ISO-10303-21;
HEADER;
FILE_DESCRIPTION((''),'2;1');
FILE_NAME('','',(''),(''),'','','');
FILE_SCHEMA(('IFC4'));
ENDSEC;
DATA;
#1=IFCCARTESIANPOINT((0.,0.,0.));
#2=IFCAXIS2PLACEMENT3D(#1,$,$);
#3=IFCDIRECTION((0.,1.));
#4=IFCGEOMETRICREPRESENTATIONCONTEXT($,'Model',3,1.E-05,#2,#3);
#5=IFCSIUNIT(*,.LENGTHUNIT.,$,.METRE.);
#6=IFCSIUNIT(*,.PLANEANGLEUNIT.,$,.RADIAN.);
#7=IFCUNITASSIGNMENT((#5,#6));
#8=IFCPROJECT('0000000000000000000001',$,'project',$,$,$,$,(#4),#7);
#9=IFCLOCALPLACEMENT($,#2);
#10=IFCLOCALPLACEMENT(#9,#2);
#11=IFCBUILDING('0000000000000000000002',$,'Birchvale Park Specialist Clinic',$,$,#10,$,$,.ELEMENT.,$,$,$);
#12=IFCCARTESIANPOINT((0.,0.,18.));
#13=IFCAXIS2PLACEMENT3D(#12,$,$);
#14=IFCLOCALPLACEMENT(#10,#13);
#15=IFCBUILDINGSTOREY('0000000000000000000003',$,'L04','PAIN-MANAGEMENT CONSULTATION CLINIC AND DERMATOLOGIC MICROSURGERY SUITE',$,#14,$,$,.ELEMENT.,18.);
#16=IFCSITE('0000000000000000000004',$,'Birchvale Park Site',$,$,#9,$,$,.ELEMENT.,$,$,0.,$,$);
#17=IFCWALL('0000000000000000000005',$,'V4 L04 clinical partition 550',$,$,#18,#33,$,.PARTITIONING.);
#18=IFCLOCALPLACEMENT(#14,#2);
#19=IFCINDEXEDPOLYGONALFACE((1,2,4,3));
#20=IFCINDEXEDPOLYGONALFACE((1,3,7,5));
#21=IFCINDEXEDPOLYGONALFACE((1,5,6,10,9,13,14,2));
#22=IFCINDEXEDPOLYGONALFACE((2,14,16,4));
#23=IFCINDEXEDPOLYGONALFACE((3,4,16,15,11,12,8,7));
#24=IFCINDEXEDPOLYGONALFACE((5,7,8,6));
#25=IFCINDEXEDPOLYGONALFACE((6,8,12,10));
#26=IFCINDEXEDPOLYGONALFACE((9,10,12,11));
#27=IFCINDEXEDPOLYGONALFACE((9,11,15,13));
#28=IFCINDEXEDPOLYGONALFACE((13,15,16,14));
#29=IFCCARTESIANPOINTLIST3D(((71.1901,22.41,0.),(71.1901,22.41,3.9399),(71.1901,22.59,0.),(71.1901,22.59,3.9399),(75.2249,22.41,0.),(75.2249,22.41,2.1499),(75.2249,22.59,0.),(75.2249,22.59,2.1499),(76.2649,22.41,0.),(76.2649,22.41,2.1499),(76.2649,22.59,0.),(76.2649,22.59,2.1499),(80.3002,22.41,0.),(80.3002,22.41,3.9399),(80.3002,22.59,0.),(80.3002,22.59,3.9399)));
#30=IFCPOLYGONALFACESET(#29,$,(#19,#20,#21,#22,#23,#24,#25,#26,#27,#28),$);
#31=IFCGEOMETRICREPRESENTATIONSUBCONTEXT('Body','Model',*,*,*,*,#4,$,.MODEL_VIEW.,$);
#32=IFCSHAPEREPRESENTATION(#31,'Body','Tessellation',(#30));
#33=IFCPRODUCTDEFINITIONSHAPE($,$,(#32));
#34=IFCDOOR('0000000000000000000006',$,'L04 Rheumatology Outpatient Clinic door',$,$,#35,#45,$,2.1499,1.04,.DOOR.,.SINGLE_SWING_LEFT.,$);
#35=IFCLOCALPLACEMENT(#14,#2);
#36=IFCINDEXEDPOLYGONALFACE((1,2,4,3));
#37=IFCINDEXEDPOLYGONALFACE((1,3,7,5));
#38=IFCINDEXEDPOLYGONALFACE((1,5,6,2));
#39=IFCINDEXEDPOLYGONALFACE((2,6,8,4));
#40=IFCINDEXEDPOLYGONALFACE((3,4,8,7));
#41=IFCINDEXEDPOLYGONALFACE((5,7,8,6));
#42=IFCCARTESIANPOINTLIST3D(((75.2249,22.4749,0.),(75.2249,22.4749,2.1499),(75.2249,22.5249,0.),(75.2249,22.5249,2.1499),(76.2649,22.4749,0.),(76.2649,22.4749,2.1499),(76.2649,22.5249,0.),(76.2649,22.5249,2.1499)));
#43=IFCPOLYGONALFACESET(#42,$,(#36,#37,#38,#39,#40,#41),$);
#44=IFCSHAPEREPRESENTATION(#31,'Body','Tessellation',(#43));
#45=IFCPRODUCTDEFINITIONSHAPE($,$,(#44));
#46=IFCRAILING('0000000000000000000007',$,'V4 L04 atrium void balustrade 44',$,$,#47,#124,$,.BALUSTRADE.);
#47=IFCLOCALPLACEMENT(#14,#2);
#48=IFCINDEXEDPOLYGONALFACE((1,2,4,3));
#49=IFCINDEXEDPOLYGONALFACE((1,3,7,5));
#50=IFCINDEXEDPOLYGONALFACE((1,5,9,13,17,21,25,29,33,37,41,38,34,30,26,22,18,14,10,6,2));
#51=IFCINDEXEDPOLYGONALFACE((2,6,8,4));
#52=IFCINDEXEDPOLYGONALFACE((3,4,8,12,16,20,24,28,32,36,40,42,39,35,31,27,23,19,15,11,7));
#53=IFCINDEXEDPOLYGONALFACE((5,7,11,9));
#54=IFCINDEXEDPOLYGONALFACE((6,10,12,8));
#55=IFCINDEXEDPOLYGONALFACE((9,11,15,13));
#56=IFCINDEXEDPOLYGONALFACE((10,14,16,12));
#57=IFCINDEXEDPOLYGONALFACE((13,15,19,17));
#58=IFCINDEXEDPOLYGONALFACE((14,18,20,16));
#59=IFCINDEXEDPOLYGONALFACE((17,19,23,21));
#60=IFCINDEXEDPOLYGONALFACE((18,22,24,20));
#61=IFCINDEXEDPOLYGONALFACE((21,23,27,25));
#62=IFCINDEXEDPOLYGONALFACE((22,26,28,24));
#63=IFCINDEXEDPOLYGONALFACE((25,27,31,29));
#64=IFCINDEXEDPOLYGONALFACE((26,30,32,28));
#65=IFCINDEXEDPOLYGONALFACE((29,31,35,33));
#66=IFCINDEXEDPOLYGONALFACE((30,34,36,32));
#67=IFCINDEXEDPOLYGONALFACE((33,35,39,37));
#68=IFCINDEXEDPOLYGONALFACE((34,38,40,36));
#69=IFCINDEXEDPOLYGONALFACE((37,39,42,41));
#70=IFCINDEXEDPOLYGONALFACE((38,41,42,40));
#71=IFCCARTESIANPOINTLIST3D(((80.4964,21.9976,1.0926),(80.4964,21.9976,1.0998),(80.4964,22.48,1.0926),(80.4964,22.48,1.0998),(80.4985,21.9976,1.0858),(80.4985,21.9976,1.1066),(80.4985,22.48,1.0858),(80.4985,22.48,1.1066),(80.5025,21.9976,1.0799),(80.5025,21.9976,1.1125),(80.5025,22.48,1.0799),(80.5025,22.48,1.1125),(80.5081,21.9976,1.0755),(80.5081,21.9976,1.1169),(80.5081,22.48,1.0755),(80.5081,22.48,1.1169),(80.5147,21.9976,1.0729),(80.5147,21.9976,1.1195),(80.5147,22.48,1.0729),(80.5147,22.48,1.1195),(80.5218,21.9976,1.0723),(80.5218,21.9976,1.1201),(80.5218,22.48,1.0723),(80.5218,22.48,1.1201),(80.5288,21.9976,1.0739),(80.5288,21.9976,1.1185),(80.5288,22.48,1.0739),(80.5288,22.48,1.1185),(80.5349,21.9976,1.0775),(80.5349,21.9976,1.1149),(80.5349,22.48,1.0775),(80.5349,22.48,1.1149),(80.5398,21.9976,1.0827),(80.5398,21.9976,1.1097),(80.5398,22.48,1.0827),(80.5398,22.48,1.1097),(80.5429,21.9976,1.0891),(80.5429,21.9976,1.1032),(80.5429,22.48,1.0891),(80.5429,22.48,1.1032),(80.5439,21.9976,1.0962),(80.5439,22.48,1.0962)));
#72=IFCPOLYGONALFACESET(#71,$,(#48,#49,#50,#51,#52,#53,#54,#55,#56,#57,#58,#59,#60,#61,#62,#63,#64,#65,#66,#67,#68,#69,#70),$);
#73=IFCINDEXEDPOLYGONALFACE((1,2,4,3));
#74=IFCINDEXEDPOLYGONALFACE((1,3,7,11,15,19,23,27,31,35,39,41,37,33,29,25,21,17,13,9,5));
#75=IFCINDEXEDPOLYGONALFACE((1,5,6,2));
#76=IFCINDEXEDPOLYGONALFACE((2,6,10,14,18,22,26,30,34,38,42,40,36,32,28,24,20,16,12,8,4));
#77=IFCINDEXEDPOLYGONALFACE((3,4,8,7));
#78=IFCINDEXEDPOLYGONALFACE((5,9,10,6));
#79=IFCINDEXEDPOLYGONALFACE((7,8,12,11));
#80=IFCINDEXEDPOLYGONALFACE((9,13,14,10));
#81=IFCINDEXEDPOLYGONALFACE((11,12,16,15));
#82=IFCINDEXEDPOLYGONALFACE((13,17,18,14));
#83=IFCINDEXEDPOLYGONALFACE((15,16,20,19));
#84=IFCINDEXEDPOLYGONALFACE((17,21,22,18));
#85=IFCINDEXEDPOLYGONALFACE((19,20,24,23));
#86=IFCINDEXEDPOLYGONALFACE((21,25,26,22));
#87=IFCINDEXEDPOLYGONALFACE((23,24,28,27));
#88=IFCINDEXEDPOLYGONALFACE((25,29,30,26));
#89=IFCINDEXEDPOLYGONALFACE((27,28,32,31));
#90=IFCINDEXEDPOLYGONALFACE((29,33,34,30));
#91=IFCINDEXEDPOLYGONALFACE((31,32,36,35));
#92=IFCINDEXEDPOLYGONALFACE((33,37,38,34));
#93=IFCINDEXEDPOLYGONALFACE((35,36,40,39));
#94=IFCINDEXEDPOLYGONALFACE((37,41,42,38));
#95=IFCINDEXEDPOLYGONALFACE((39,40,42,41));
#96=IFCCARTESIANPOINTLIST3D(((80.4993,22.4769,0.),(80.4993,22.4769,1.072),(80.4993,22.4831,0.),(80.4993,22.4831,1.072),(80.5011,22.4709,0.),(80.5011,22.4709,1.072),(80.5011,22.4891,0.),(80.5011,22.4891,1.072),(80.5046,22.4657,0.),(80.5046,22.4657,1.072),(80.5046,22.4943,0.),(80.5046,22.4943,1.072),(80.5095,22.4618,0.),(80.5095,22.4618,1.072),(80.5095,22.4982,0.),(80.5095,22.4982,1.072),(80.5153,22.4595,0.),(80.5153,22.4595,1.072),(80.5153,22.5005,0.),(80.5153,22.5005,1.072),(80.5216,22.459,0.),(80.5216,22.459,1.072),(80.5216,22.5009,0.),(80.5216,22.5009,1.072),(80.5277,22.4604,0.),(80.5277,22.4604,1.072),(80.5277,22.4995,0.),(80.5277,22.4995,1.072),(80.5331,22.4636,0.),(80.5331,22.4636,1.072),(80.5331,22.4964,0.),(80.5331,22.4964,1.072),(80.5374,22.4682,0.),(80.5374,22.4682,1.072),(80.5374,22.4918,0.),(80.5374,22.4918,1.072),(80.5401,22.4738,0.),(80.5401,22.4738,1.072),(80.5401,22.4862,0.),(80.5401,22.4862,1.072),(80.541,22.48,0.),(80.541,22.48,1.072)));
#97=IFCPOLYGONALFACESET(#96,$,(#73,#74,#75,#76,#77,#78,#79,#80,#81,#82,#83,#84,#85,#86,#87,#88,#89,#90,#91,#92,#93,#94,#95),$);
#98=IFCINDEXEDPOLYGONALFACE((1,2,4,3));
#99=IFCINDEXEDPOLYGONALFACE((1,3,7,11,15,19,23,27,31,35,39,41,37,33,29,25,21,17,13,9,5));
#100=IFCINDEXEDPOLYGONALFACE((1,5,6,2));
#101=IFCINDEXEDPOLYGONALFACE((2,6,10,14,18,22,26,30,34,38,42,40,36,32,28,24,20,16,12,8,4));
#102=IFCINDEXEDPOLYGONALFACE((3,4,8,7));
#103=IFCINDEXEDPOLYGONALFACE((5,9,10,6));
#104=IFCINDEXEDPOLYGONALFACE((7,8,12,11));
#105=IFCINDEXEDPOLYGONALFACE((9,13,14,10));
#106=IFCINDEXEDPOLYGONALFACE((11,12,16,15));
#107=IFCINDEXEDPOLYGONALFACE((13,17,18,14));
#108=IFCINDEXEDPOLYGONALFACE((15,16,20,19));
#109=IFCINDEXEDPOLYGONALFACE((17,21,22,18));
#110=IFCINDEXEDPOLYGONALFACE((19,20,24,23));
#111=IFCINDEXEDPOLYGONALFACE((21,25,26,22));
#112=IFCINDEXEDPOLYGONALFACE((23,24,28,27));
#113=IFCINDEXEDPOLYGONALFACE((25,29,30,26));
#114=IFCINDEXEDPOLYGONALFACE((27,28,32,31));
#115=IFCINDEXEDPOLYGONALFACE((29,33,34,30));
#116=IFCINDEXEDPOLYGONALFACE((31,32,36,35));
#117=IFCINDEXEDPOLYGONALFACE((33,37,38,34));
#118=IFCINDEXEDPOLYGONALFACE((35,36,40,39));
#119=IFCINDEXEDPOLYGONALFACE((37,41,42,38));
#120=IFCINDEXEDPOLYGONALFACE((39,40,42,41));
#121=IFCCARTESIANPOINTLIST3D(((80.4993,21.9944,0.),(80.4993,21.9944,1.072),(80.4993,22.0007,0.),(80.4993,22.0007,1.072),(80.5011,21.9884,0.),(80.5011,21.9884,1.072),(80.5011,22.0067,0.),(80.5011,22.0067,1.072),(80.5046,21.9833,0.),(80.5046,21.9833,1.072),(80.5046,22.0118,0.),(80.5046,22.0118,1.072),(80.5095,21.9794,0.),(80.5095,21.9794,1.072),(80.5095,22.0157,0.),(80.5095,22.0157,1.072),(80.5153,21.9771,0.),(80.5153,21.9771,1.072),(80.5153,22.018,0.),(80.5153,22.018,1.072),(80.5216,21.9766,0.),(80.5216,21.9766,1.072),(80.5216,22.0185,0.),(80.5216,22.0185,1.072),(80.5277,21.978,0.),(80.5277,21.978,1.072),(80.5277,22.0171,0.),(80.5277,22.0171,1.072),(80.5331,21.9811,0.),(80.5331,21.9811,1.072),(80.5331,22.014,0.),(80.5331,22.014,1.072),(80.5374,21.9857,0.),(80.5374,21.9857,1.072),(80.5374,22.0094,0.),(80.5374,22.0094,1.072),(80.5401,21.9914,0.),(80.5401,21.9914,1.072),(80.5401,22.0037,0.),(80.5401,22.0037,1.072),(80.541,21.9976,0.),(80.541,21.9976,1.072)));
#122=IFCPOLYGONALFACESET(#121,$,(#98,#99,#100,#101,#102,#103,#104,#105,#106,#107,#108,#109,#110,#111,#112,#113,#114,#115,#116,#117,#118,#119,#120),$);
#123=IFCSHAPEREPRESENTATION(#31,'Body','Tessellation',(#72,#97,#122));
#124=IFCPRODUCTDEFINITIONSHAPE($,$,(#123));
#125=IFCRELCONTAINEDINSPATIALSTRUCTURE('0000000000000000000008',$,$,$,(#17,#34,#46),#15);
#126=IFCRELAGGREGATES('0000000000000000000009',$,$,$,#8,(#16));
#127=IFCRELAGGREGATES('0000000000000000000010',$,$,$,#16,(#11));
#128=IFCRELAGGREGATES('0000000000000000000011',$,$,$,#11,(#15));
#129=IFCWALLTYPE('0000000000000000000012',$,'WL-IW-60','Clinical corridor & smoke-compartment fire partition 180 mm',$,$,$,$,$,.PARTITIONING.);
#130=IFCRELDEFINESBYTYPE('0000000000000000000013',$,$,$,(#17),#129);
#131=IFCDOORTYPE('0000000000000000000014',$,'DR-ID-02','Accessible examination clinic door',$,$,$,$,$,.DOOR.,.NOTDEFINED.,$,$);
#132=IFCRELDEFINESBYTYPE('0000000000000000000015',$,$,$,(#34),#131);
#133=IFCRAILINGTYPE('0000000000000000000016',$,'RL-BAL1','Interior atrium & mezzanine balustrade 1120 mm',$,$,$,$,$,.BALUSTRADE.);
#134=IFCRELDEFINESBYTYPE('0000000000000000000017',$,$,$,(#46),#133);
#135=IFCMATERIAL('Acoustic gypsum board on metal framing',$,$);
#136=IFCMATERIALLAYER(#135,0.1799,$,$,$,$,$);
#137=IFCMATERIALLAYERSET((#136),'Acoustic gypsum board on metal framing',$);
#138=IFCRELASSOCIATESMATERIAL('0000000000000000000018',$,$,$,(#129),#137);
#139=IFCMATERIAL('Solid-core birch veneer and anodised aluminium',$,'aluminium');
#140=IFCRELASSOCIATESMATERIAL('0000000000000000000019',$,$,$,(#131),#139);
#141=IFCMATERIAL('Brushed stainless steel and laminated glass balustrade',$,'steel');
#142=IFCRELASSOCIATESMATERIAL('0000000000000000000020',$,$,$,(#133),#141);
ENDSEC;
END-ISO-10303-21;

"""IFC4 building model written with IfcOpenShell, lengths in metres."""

from ifc_helpers import new_model, si_unit, direction, frame, frame_2d, origin, origin_2d, place, context, subcontext, project, spatial, rectangle, circle, extrude, material, layer, layer_set, type_object, element, fill, save


model = new_model("IFC4")

# Units and contexts
model_context = context("Model", 3, precision=1e-05, world=origin(), true_north=direction((0.0, 1.0)))
body_context = subcontext(model_context, "Body", "Model", "MODEL_VIEW")
ifc_project = project(units=[si_unit("LENGTHUNIT", "METRE"), si_unit("PLANEANGLEUNIT", "RADIAN")], contexts=[model_context])

# Site, building, storey
site_placement = place(None, origin())
site = spatial("IfcSite", under=ifc_project, at=site_placement, Name="Birchvale Park Site", CompositionType="ELEMENT", RefElevation=0.0)
building_placement = place(site_placement, origin())
building = spatial("IfcBuilding", under=site, at=building_placement, Name="Birchvale Park Specialist Clinic", CompositionType="ELEMENT")
storey_placement = place(building_placement, frame((0.0, 0.0, 18.0)))
storey = spatial("IfcBuildingStorey", under=building, at=storey_placement, Name="L04", Description="PAIN-MANAGEMENT CONSULTATION CLINIC AND DERMATOLOGIC MICROSURGERY SUITE", CompositionType="ELEMENT", Elevation=18.0)

# Shared definitions
ifc_material_1 = material(Name="Acoustic gypsum board on metal framing")

# Shared definitions
ifc_material_2 = material(Name="Solid-core birch veneer and anodised aluminium", Category="aluminium")

# Wall, opening, door
ifc_layer_1 = layer(ifc_material_1, 0.1799)
ifc_layer_set_1 = layer_set([ifc_layer_1], Name="Acoustic gypsum board on metal framing")
wall_type_1 = type_object("IfcWallType", Name="WL-IW-60", Description="Clinical corridor & smoke-compartment fire partition 180 mm", PredefinedType="PARTITIONING", material=ifc_layer_set_1)
wall_1_placement = place(storey_placement, frame((71.1899, 22.5, 0.0), z_axis=(0.0, 0.0, 1.0), x_axis=(1.0, 0.0, 0.0)))
wall_1 = element("IfcWall", 1, at=wall_1_placement, inside=storey, type_object=wall_type_1, Name="V4 L04 clinical partition 550", PredefinedType="PARTITIONING", context=body_context, shape_type="SweptSolid", body=[
    extrude(rectangle(XDim=9.1101, YDim=0.1799, at=frame_2d((4.5552, 0.0))), origin(), (0.0, 0.0, 1.0), 3.9399),
])
opening_1_placement = place(wall_1_placement, frame((4.0349, 0.0, 0.0)))
opening_1 = element("IfcOpeningElement", 2, at=opening_1_placement, cuts=wall_1, PredefinedType="OPENING", context=body_context, shape_type="SweptSolid", body=[
    extrude(rectangle(XDim=1.04, YDim=2.1499, at=frame_2d((0.52, 1.075))), frame((0.0, 0.1001, 0.0), z_axis=(0.0, -1.0, 0.0), x_axis=(1.0, 0.0, 0.0)), (0.0, 0.0, 1.0), 0.2),
])
door_type_1 = type_object("IfcDoorType", Name="DR-ID-02", Description="Accessible examination clinic door", OperationType="NOTDEFINED", PredefinedType="DOOR", material=ifc_material_2)
door_1_placement = place(opening_1_placement, origin())
door_1 = element("IfcDoor", 3, at=door_1_placement, inside=storey, type_object=door_type_1, Name="L04 Rheumatology Outpatient Clinic door", OperationType="SINGLE_SWING_LEFT", OverallHeight=2.1499, OverallWidth=1.04, PredefinedType="DOOR", context=body_context, shape_type="SweptSolid", body=[
    extrude(rectangle(XDim=1.04, YDim=2.1499, at=frame_2d((0.52, 1.075))), frame((0.0, 0.0249, 0.0), z_axis=(0.0, -1.0, 0.0), x_axis=(1.0, 0.0, 0.0)), (0.0, 0.0, 1.0), 0.05),
])
fill(opening_1, door_1)

# Railing
ifc_material_3 = material(Name="Brushed stainless steel and laminated glass balustrade", Category="steel")
railing_type = type_object("IfcRailingType", Name="RL-BAL1", Description="Interior atrium & mezzanine balustrade 1120 mm", PredefinedType="BALUSTRADE", material=ifc_material_3)
railing_1_placement = place(storey_placement, frame((80.52, 22.48, 0.0)))
element("IfcRailing", 4, at=railing_1_placement, inside=storey, type_object=railing_type, Name="V4 L04 atrium void balustrade 44", PredefinedType="BALUSTRADE", context=body_context, shape_type="SweptSolid", body=[
    extrude(circle(Radius=0.0239, at=origin_2d()), frame((0.0, 0.0, 1.0962), z_axis=(0.0, -1.0, 0.0), x_axis=(1.0, 0.0, 0.0)), (0.0, 0.0, 1.0), 0.4824),
    extrude(circle(Radius=0.021, at=origin_2d()), origin(), (0.0, 0.0, 1.0), 1.072),
    extrude(circle(Radius=0.021, at=origin_2d()), frame((0.0, -0.4824, 0.0)), (0.0, 0.0, 1.0), 1.072),
])

save(model, "model.ifc")
